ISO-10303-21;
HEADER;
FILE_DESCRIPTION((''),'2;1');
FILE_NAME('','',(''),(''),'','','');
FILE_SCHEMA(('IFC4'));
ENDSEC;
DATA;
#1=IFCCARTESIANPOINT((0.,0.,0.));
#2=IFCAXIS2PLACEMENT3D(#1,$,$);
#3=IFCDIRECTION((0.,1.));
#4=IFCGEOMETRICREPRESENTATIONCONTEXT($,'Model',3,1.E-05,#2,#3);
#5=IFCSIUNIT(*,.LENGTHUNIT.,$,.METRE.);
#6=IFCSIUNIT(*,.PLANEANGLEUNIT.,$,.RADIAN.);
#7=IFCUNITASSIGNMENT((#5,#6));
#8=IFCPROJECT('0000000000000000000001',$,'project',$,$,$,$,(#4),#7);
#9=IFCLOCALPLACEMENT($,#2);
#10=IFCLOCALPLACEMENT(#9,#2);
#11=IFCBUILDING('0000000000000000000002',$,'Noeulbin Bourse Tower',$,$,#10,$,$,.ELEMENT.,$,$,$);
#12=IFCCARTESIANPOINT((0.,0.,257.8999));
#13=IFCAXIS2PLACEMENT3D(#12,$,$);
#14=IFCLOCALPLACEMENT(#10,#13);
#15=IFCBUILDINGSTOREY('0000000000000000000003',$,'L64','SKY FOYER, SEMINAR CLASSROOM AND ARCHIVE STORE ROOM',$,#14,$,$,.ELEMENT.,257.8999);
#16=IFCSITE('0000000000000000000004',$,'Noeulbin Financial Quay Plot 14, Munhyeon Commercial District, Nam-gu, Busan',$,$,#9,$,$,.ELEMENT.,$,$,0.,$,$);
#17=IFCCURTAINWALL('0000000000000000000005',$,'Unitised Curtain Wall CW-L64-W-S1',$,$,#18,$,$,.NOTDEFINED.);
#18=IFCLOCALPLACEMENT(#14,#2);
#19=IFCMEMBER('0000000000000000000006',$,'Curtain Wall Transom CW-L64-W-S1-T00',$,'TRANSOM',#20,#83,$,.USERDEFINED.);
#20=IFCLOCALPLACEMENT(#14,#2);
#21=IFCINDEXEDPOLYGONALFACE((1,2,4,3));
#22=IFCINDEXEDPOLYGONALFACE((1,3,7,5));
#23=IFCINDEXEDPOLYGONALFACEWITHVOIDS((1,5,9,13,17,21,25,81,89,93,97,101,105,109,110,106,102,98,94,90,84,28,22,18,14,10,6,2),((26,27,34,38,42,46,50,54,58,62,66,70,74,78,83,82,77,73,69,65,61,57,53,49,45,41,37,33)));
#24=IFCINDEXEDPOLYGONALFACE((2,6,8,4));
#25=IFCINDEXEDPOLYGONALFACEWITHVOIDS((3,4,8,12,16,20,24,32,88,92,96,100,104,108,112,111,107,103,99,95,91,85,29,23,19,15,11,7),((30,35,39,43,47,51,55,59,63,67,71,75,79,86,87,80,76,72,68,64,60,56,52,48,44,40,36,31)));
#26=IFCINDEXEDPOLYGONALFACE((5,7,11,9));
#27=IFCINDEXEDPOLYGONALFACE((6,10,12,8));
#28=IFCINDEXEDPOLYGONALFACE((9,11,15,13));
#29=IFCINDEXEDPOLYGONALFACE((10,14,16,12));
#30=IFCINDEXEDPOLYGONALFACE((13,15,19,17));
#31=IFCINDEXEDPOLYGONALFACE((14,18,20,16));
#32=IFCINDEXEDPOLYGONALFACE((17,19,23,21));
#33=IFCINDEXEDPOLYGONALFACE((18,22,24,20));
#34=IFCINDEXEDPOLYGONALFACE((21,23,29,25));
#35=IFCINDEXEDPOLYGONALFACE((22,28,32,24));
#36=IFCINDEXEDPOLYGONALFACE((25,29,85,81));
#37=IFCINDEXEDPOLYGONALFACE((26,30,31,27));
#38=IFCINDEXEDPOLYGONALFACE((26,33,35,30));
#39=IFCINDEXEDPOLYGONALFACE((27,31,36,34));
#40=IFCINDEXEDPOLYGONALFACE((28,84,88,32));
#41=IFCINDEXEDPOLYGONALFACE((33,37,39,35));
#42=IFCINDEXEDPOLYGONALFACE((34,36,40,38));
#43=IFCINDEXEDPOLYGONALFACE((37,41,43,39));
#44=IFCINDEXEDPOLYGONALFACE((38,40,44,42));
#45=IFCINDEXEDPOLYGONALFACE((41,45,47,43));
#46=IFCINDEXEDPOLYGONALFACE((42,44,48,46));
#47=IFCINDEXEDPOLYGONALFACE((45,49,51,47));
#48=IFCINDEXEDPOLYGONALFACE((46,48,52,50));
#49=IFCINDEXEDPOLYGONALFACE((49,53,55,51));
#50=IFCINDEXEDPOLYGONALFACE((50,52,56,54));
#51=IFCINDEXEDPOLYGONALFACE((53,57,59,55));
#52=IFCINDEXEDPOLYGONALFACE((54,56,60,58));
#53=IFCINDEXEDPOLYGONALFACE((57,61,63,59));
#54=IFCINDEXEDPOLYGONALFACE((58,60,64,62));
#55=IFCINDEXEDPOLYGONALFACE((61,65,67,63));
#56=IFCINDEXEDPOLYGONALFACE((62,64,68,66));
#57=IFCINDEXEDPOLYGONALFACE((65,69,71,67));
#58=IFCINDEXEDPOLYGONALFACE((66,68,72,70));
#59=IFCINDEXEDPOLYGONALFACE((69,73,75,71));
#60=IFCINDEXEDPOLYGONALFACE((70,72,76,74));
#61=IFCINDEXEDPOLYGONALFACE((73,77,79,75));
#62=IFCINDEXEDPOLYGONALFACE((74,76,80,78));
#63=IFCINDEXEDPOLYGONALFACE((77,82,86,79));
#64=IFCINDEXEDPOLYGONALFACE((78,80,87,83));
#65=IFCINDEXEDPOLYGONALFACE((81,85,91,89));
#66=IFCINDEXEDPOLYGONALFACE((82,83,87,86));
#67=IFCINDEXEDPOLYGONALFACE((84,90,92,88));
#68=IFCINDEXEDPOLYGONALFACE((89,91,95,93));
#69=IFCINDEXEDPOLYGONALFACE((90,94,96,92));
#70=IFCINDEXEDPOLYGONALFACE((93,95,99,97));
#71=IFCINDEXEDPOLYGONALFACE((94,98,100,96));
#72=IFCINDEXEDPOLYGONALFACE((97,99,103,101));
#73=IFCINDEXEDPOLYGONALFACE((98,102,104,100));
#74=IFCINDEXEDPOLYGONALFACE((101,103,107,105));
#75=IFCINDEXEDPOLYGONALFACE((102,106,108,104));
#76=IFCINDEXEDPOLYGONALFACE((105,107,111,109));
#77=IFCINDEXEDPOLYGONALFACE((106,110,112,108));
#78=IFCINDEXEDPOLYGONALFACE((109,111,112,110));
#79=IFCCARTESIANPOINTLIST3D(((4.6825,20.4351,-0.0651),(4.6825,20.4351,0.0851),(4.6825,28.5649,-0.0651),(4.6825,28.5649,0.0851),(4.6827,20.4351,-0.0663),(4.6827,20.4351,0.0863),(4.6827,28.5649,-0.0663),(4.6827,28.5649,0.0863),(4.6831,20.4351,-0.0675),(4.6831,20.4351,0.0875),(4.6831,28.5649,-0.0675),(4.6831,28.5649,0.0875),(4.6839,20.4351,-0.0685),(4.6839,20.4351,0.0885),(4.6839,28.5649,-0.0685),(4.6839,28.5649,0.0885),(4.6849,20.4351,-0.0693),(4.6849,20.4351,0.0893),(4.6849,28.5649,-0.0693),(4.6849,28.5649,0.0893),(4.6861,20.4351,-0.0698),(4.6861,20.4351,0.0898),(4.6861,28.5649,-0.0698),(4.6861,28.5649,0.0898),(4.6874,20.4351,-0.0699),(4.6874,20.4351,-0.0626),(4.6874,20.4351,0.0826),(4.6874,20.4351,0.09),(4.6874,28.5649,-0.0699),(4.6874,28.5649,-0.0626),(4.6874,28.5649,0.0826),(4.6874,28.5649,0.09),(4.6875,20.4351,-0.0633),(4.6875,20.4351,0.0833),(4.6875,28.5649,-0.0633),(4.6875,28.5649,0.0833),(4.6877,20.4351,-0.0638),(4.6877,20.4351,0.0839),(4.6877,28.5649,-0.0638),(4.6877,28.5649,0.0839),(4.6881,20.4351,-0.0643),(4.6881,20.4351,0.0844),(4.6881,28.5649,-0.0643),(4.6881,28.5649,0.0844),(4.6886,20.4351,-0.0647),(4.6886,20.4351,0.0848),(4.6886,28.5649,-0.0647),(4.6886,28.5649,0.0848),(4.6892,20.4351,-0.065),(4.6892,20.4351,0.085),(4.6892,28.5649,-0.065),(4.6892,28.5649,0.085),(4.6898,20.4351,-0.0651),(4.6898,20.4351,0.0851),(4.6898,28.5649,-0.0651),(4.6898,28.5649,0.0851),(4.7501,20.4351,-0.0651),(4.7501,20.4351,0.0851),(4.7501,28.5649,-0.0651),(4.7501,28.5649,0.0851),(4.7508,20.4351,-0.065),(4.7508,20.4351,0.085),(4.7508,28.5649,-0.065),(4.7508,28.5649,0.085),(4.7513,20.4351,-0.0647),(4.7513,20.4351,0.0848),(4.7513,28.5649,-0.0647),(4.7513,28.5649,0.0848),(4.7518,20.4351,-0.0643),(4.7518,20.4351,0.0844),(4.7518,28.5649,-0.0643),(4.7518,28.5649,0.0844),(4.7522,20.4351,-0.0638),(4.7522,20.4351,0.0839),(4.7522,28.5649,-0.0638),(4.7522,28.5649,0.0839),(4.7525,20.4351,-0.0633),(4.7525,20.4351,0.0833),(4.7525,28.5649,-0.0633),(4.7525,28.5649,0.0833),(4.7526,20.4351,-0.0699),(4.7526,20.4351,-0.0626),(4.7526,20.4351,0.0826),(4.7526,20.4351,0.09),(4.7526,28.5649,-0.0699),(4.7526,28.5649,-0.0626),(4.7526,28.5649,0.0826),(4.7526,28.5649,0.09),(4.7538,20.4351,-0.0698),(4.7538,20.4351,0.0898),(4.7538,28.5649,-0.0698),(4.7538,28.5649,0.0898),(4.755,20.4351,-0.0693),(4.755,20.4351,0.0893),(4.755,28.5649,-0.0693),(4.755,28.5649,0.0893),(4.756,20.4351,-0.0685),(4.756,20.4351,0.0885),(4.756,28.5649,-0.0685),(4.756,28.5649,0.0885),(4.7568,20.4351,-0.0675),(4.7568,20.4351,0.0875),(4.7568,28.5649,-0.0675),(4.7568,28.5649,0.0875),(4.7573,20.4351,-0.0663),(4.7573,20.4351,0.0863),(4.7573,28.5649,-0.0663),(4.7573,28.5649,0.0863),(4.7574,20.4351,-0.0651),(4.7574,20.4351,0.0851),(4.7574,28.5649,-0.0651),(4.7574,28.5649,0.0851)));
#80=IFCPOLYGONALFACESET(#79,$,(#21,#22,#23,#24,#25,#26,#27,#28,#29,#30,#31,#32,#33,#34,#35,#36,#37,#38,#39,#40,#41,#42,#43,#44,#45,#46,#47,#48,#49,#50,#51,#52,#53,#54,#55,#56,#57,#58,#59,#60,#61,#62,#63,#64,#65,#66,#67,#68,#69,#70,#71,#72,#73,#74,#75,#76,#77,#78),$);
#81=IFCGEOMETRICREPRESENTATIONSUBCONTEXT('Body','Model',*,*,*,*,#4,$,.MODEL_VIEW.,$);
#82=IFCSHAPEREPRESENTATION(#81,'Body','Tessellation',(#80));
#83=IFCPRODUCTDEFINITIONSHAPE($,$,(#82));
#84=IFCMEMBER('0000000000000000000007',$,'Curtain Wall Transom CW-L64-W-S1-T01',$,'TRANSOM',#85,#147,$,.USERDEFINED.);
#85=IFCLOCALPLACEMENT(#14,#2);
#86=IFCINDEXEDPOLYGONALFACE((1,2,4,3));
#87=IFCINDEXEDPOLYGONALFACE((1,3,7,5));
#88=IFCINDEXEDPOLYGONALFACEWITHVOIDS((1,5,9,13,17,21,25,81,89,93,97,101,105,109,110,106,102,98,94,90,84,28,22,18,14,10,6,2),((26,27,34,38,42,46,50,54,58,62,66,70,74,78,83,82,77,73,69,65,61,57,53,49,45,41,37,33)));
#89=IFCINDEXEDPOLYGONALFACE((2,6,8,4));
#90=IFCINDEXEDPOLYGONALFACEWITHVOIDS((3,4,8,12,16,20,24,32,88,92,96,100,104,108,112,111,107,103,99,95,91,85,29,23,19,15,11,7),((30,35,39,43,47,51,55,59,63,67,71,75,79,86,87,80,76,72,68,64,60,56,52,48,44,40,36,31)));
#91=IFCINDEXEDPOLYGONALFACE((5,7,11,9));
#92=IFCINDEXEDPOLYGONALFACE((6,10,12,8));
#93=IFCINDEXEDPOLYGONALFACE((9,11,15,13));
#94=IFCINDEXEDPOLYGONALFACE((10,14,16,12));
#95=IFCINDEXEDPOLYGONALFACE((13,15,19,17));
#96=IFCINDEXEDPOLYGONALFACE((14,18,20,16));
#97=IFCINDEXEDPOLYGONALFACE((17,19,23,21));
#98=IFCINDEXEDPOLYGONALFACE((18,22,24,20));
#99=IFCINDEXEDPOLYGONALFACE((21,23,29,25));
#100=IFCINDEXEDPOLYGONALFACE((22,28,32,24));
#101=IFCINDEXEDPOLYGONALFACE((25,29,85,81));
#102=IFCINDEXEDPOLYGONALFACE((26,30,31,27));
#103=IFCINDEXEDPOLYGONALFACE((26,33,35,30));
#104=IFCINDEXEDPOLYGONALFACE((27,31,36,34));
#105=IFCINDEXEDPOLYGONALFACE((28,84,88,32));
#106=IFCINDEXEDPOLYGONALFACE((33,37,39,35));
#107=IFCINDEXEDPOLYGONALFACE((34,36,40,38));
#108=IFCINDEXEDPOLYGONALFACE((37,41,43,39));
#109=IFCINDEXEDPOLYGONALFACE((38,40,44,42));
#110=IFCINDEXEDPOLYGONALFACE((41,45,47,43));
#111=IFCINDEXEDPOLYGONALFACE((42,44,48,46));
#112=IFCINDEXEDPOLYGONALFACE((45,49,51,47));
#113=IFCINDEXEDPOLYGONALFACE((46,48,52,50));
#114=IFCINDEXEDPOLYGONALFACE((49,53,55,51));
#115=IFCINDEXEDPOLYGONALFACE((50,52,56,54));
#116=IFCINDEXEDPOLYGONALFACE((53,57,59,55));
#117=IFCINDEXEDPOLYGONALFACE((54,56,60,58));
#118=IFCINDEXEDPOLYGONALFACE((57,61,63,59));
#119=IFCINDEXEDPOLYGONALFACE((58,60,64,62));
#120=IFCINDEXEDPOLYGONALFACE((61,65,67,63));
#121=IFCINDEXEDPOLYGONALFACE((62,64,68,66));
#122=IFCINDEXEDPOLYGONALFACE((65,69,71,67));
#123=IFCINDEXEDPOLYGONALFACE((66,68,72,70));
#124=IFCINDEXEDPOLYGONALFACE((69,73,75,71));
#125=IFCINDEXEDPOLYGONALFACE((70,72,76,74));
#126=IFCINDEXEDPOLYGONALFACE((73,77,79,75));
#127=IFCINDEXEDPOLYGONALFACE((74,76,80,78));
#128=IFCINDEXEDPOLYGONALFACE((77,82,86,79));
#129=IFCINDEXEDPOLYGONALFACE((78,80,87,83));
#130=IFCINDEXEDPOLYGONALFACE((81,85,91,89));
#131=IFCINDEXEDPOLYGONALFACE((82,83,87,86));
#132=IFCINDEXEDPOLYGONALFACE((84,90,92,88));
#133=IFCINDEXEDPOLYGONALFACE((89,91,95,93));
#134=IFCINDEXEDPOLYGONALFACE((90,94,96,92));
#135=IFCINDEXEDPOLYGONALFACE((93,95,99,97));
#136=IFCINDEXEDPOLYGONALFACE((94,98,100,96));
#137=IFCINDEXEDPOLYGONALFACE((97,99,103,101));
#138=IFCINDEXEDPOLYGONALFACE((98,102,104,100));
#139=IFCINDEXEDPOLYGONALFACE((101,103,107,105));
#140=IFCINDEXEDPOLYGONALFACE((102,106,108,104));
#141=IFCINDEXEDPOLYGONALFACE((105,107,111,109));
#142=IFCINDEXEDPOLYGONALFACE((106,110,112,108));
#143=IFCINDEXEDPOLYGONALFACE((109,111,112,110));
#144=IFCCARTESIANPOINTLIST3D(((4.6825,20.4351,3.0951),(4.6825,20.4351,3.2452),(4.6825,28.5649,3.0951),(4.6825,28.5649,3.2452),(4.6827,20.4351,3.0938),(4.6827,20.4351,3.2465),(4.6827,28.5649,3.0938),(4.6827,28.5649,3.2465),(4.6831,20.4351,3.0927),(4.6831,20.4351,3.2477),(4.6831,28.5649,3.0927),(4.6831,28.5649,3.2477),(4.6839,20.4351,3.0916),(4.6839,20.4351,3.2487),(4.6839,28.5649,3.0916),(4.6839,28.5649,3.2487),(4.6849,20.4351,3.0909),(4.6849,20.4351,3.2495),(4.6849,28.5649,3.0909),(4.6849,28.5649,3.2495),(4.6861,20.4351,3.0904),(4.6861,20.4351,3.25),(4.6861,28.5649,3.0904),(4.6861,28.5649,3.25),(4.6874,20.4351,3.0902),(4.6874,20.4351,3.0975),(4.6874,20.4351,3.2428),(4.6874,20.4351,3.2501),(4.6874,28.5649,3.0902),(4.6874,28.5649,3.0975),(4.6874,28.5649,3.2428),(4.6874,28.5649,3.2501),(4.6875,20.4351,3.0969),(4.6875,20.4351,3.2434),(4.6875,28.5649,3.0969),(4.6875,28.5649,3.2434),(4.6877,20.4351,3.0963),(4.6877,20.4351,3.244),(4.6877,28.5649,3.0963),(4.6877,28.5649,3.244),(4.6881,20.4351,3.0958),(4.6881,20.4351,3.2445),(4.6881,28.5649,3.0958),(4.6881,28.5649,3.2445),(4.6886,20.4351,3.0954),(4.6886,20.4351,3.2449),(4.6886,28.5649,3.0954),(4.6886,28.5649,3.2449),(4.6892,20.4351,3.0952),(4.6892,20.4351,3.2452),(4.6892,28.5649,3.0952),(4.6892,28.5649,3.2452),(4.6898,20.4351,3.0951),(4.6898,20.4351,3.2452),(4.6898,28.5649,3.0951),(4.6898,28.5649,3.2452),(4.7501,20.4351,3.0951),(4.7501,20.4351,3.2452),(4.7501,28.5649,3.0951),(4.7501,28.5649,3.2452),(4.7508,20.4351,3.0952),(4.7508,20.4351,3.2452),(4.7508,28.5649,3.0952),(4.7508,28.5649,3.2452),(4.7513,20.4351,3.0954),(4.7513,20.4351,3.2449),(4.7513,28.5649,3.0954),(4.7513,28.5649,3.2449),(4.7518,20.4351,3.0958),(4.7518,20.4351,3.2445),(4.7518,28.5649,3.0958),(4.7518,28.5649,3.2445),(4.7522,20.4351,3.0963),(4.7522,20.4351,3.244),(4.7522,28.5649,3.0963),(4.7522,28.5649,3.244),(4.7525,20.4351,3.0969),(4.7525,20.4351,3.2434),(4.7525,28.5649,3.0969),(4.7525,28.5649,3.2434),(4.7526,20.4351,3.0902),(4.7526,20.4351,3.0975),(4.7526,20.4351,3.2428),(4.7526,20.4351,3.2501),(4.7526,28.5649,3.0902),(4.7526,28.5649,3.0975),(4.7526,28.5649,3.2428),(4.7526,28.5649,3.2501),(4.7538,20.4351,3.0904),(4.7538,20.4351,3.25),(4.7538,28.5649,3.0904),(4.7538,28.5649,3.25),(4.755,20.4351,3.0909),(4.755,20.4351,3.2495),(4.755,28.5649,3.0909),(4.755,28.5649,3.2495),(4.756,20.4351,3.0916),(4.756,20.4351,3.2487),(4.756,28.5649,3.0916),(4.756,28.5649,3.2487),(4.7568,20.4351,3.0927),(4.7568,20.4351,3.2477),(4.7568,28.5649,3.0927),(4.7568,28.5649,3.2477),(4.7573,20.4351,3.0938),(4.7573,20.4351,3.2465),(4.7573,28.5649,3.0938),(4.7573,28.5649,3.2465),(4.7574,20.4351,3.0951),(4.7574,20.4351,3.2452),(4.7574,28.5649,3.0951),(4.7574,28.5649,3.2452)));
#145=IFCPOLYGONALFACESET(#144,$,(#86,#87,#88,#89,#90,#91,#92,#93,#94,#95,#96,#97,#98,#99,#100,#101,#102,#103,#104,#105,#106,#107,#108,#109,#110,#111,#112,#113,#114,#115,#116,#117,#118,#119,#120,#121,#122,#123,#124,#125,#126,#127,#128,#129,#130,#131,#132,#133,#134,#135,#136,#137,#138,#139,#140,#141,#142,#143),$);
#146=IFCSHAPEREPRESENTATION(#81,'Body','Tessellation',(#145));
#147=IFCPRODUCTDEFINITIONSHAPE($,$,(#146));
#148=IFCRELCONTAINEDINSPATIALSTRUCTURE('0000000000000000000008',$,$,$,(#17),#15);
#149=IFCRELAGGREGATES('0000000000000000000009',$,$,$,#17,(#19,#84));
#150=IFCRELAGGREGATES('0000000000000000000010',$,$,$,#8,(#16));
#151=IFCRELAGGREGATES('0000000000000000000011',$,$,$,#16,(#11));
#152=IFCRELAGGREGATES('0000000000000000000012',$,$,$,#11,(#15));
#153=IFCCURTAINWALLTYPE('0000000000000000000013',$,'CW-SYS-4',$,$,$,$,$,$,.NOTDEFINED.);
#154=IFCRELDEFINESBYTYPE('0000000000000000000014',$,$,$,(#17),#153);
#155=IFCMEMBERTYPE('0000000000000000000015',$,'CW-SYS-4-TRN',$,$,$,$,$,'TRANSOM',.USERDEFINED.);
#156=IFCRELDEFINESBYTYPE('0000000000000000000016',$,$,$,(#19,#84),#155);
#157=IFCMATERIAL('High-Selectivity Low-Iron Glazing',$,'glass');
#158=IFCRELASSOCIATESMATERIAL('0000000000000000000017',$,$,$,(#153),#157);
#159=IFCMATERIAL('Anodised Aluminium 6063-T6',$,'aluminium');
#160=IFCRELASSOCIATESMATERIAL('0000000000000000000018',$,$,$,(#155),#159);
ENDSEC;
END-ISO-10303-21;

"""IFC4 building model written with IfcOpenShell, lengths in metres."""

from ifc_helpers import new_model, si_unit, direction, frame, origin, origin_2d, place, context, subcontext, project, spatial, hollow_rectangle, extrude, material, material_profile, profile_set, type_object, element, aggregate, save


model = new_model("IFC4")

# Units and contexts
model_context = context("Model", 3, precision=1e-05, world=origin(), true_north=direction((0.0, 1.0)))
body_context = subcontext(model_context, "Body", "Model", "MODEL_VIEW")
ifc_project = project(units=[si_unit("LENGTHUNIT", "METRE"), si_unit("PLANEANGLEUNIT", "RADIAN")], contexts=[model_context])

# Site, building, storey
site_placement = place(None, origin())
site = spatial("IfcSite", under=ifc_project, at=site_placement, Name="Noeulbin Financial Quay Plot 14, Munhyeon Commercial District, Nam-gu, Busan", CompositionType="ELEMENT", RefElevation=0.0)
building_placement = place(site_placement, origin())
building = spatial("IfcBuilding", under=site, at=building_placement, Name="Noeulbin Bourse Tower", CompositionType="ELEMENT")
storey_placement = place(building_placement, frame((0.0, 0.0, 257.8999)))
storey = spatial("IfcBuildingStorey", under=building, at=storey_placement, Name="L64", Description="SKY FOYER, SEMINAR CLASSROOM AND ARCHIVE STORE ROOM", CompositionType="ELEMENT", Elevation=257.8999)

# Curtain wall
ifc_material_1 = material(Name="High-Selectivity Low-Iron Glazing", Category="glass")
curtain_wall_type = type_object("IfcCurtainWallType", Name="CW-SYS-4", PredefinedType="NOTDEFINED", material=ifc_material_1)
curtain_wall_1_placement = place(storey_placement, origin())
curtain_wall_1 = element("IfcCurtainWall", 1, at=curtain_wall_1_placement, inside=storey, type_object=curtain_wall_type, Name="Unitised Curtain Wall CW-L64-W-S1", PredefinedType="NOTDEFINED")
ifc_material_2 = material(Name="Anodised Aluminium 6063-T6", Category="aluminium")

# Members
ifc_material_profile_1 = material_profile(ifc_material_2, hollow_rectangle(XDim=0.075, YDim=0.1599, WallThickness=0.0049, InnerFilletRadius=0.0024, OuterFilletRadius=0.0049, at=origin_2d()), Name="ALU-TRAN-75x160x5", Category="LoadBearing")
ifc_profile_set_1 = profile_set([ifc_material_profile_1], Name="Anodised Aluminium 6063-T6")
member_type_1 = type_object("IfcMemberType", Name="CW-SYS-4-TRN", ElementType="TRANSOM", PredefinedType="USERDEFINED", material=ifc_profile_set_1)
member_1_placement = place(storey_placement, frame((4.72, 20.4351, 0.01), z_axis=(0.0, 1.0, 0.0), x_axis=(-1.0, 0.0, 0.0)))
member_1 = element("IfcMember", 2, at=member_1_placement, type_object=member_type_1, Name="Curtain Wall Transom CW-L64-W-S1-T00", ObjectType="TRANSOM", PredefinedType="USERDEFINED", context=body_context, shape_type="SweptSolid", body=[
    extrude(hollow_rectangle(XDim=0.075, YDim=0.1599, WallThickness=0.0049, InnerFilletRadius=0.0024, OuterFilletRadius=0.0049, at=origin_2d()), origin(), (0.0, 0.0, 1.0), 8.1299),
])
member_2_placement = place(storey_placement, frame((4.72, 20.4351, 3.1702), z_axis=(0.0, 1.0, 0.0), x_axis=(-1.0, 0.0, 0.0)))
member_2 = element("IfcMember", 3, at=member_2_placement, type_object=member_type_1, Name="Curtain Wall Transom CW-L64-W-S1-T01", ObjectType="TRANSOM", PredefinedType="USERDEFINED", context=body_context, shape_type="SweptSolid", body=[
    extrude(hollow_rectangle(XDim=0.075, YDim=0.1599, WallThickness=0.0049, InnerFilletRadius=0.0024, OuterFilletRadius=0.0049, at=origin_2d()), origin(), (0.0, 0.0, 1.0), 8.1299),
])

aggregate(curtain_wall_1, [member_1, member_2])

save(model, "model.ifc")
